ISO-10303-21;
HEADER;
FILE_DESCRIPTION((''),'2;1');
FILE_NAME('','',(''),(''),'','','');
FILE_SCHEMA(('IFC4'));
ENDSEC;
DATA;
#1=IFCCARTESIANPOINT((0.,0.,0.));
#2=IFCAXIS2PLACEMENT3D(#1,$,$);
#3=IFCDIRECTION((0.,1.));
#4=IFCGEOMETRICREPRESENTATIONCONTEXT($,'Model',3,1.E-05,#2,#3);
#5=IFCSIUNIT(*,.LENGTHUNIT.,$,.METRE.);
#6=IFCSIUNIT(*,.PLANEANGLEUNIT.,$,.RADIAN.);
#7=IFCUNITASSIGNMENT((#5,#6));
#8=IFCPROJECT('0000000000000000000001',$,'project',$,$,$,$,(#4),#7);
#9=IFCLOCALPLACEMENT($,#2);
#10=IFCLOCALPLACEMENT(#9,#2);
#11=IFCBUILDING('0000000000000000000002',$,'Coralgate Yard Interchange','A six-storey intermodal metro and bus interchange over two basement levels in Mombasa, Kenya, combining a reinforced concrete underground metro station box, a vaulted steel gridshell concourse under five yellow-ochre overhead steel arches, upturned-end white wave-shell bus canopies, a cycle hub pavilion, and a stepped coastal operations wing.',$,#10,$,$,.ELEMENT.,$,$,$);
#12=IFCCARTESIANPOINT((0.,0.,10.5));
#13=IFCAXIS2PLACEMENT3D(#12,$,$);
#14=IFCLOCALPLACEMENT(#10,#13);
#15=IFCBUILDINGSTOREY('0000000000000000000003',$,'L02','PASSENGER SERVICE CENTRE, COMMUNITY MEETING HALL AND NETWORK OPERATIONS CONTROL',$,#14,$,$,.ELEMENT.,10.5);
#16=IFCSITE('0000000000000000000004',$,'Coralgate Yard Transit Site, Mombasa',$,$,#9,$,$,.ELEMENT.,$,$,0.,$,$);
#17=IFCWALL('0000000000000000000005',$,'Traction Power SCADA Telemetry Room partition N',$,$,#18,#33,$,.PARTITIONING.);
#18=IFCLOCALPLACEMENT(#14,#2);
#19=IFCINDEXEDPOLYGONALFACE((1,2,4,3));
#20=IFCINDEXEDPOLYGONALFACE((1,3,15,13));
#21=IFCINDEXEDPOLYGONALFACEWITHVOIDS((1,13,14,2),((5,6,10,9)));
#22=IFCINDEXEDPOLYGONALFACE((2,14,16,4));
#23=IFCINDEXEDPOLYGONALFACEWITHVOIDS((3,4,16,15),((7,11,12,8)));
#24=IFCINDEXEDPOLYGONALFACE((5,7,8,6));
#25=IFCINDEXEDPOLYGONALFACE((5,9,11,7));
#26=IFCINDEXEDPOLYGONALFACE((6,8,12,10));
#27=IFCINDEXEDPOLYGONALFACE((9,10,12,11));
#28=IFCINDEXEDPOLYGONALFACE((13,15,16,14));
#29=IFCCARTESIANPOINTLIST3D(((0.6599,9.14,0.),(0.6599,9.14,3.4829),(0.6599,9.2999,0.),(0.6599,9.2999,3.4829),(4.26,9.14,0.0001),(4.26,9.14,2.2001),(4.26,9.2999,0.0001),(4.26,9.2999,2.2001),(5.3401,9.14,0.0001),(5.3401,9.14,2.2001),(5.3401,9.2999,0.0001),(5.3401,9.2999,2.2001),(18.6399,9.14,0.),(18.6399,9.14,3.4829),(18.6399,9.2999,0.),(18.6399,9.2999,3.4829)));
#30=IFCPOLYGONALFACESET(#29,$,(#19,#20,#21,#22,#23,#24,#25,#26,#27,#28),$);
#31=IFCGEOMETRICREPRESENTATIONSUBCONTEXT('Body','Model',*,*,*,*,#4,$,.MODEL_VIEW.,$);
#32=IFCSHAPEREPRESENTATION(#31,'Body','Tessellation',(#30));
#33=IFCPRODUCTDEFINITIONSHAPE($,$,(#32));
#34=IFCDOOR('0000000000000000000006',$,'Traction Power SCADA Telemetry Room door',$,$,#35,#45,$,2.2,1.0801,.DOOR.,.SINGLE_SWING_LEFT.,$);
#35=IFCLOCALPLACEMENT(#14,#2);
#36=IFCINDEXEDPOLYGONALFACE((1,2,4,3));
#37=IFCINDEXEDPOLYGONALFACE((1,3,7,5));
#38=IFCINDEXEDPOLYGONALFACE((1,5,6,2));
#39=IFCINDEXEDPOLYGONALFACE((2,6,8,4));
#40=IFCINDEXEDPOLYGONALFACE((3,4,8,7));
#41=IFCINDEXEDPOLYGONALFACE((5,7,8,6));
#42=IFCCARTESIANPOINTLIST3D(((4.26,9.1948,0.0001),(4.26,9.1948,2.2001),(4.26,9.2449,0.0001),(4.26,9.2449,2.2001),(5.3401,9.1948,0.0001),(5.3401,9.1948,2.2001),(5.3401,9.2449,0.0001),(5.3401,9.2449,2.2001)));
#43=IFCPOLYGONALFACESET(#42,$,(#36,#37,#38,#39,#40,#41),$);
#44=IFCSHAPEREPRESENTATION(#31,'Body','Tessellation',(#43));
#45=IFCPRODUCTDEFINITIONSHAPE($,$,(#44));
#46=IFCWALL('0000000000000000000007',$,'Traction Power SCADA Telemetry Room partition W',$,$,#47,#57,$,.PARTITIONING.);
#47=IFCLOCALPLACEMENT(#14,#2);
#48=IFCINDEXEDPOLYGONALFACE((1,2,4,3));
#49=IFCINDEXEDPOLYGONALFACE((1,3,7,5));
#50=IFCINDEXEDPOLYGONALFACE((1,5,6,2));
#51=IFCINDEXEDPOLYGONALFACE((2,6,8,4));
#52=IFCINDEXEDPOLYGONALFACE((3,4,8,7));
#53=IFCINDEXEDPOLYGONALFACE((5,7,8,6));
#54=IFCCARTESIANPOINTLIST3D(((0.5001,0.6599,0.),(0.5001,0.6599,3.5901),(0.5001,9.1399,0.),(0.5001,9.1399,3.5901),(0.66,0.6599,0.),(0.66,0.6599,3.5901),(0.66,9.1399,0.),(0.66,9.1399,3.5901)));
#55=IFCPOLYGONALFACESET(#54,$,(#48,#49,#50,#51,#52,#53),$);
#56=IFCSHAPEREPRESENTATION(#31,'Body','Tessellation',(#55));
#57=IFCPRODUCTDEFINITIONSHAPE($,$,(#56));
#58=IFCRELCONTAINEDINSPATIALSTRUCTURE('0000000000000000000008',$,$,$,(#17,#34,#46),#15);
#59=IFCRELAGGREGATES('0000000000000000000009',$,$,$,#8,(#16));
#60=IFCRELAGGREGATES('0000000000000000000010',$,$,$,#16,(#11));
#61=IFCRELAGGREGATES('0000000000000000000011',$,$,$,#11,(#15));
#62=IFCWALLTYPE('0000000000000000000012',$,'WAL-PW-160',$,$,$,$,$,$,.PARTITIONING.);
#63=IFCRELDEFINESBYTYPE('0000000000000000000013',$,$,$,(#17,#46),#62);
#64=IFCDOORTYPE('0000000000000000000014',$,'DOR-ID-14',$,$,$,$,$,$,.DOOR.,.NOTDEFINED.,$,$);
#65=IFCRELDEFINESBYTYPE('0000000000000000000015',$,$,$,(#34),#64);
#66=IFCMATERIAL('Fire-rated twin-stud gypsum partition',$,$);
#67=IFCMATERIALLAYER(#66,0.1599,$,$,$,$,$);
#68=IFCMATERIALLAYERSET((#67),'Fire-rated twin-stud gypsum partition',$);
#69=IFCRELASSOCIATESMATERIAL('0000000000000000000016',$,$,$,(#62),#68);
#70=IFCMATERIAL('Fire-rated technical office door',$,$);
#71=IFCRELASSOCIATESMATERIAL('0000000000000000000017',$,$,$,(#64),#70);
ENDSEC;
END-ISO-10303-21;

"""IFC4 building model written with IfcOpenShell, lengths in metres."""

from ifc_helpers import new_model, si_unit, direction, frame, frame_2d, origin, place, context, subcontext, project, spatial, rectangle, extrude, material, layer, layer_set, type_object, element, fill, save


model = new_model("IFC4")

# Units and contexts
model_context = context("Model", 3, precision=1e-05, world=origin(), true_north=direction((0.0, 1.0)))
body_context = subcontext(model_context, "Body", "Model", "MODEL_VIEW")
ifc_project = project(units=[si_unit("LENGTHUNIT", "METRE"), si_unit("PLANEANGLEUNIT", "RADIAN")], contexts=[model_context])

# Site, building, storey
site_placement = place(None, origin())
site = spatial("IfcSite", under=ifc_project, at=site_placement, Name="Coralgate Yard Transit Site, Mombasa", CompositionType="ELEMENT", RefElevation=0.0)
building_placement = place(site_placement, origin())
building = spatial("IfcBuilding", under=site, at=building_placement, Name="Coralgate Yard Interchange", Description="A six-storey intermodal metro and bus interchange over two basement levels in Mombasa, Kenya, combining a reinforced concrete underground metro station box, a vaulted steel gridshell concourse under five yellow-ochre overhead steel arches, upturned-end white wave-shell bus canopies, a cycle hub pavilion, and a stepped coastal operations wing.", CompositionType="ELEMENT")
storey_placement = place(building_placement, frame((0.0, 0.0, 10.5)))
storey = spatial("IfcBuildingStorey", under=building, at=storey_placement, Name="L02", Description="PASSENGER SERVICE CENTRE, COMMUNITY MEETING HALL AND NETWORK OPERATIONS CONTROL", CompositionType="ELEMENT", Elevation=10.5)

# Wall, opening, door
ifc_material_1 = material(Name="Fire-rated twin-stud gypsum partition")
ifc_layer_1 = layer(ifc_material_1, 0.1599)
ifc_layer_set_1 = layer_set([ifc_layer_1], Name="Fire-rated twin-stud gypsum partition")
wall_type_1 = type_object("IfcWallType", Name="WAL-PW-160", PredefinedType="PARTITIONING", material=ifc_layer_set_1)
wall_1_placement = place(storey_placement, frame((0.6599, 9.22, 0.0), z_axis=(0.0, 0.0, 1.0), x_axis=(1.0, 0.0, 0.0)))
wall_1 = element("IfcWall", 1, at=wall_1_placement, inside=storey, type_object=wall_type_1, Name="Traction Power SCADA Telemetry Room partition N", PredefinedType="PARTITIONING", context=body_context, shape_type="SweptSolid", body=[
    extrude(rectangle(XDim=17.98, YDim=0.1599, at=frame_2d((8.99, 0.0))), origin(), (0.0, 0.0, 1.0), 3.4829),
])
opening_1_placement = place(wall_1_placement, frame((3.6001, 0.0, 0.0)))
opening_1 = element("IfcOpeningElement", 2, at=opening_1_placement, cuts=wall_1, PredefinedType="OPENING", context=body_context, shape_type="SweptSolid", body=[
    extrude(rectangle(XDim=1.0801, YDim=2.2, at=frame_2d((0.54, 1.1001))), frame((0.0, 0.0898, 0.0), z_axis=(0.0, -1.0, 0.0), x_axis=(1.0, 0.0, 0.0)), (0.0, 0.0, 1.0), 0.1799),
])
ifc_material_2 = material(Name="Fire-rated technical office door")
door_type = type_object("IfcDoorType", Name="DOR-ID-14", OperationType="NOTDEFINED", PredefinedType="DOOR", material=ifc_material_2)
door_placement = place(opening_1_placement, origin())
door = element("IfcDoor", 3, at=door_placement, inside=storey, type_object=door_type, Name="Traction Power SCADA Telemetry Room door", OperationType="SINGLE_SWING_LEFT", OverallHeight=2.2, OverallWidth=1.0801, PredefinedType="DOOR", context=body_context, shape_type="SweptSolid", body=[
    extrude(rectangle(XDim=1.0801, YDim=2.2, at=frame_2d((0.54, 1.1001))), frame((0.0, 0.0249, 0.0), z_axis=(0.0, -1.0, 0.0), x_axis=(1.0, 0.0, 0.0)), (0.0, 0.0, 1.0), 0.05),
])
fill(opening_1, door)

# Wall
wall_2_placement = place(storey_placement, frame((0.5801, 0.6599, 0.0), z_axis=(0.0, 0.0, 1.0), x_axis=(0.0, 1.0, 0.0)))
element("IfcWall", 4, at=wall_2_placement, inside=storey, type_object=wall_type_1, Name="Traction Power SCADA Telemetry Room partition W", PredefinedType="PARTITIONING", context=body_context, shape_type="SweptSolid", body=[
    extrude(rectangle(XDim=8.48, YDim=0.1599, at=frame_2d((4.24, 0.0))), origin(), (0.0, 0.0, 1.0), 3.5901),
])

save(model, "model.ifc")
